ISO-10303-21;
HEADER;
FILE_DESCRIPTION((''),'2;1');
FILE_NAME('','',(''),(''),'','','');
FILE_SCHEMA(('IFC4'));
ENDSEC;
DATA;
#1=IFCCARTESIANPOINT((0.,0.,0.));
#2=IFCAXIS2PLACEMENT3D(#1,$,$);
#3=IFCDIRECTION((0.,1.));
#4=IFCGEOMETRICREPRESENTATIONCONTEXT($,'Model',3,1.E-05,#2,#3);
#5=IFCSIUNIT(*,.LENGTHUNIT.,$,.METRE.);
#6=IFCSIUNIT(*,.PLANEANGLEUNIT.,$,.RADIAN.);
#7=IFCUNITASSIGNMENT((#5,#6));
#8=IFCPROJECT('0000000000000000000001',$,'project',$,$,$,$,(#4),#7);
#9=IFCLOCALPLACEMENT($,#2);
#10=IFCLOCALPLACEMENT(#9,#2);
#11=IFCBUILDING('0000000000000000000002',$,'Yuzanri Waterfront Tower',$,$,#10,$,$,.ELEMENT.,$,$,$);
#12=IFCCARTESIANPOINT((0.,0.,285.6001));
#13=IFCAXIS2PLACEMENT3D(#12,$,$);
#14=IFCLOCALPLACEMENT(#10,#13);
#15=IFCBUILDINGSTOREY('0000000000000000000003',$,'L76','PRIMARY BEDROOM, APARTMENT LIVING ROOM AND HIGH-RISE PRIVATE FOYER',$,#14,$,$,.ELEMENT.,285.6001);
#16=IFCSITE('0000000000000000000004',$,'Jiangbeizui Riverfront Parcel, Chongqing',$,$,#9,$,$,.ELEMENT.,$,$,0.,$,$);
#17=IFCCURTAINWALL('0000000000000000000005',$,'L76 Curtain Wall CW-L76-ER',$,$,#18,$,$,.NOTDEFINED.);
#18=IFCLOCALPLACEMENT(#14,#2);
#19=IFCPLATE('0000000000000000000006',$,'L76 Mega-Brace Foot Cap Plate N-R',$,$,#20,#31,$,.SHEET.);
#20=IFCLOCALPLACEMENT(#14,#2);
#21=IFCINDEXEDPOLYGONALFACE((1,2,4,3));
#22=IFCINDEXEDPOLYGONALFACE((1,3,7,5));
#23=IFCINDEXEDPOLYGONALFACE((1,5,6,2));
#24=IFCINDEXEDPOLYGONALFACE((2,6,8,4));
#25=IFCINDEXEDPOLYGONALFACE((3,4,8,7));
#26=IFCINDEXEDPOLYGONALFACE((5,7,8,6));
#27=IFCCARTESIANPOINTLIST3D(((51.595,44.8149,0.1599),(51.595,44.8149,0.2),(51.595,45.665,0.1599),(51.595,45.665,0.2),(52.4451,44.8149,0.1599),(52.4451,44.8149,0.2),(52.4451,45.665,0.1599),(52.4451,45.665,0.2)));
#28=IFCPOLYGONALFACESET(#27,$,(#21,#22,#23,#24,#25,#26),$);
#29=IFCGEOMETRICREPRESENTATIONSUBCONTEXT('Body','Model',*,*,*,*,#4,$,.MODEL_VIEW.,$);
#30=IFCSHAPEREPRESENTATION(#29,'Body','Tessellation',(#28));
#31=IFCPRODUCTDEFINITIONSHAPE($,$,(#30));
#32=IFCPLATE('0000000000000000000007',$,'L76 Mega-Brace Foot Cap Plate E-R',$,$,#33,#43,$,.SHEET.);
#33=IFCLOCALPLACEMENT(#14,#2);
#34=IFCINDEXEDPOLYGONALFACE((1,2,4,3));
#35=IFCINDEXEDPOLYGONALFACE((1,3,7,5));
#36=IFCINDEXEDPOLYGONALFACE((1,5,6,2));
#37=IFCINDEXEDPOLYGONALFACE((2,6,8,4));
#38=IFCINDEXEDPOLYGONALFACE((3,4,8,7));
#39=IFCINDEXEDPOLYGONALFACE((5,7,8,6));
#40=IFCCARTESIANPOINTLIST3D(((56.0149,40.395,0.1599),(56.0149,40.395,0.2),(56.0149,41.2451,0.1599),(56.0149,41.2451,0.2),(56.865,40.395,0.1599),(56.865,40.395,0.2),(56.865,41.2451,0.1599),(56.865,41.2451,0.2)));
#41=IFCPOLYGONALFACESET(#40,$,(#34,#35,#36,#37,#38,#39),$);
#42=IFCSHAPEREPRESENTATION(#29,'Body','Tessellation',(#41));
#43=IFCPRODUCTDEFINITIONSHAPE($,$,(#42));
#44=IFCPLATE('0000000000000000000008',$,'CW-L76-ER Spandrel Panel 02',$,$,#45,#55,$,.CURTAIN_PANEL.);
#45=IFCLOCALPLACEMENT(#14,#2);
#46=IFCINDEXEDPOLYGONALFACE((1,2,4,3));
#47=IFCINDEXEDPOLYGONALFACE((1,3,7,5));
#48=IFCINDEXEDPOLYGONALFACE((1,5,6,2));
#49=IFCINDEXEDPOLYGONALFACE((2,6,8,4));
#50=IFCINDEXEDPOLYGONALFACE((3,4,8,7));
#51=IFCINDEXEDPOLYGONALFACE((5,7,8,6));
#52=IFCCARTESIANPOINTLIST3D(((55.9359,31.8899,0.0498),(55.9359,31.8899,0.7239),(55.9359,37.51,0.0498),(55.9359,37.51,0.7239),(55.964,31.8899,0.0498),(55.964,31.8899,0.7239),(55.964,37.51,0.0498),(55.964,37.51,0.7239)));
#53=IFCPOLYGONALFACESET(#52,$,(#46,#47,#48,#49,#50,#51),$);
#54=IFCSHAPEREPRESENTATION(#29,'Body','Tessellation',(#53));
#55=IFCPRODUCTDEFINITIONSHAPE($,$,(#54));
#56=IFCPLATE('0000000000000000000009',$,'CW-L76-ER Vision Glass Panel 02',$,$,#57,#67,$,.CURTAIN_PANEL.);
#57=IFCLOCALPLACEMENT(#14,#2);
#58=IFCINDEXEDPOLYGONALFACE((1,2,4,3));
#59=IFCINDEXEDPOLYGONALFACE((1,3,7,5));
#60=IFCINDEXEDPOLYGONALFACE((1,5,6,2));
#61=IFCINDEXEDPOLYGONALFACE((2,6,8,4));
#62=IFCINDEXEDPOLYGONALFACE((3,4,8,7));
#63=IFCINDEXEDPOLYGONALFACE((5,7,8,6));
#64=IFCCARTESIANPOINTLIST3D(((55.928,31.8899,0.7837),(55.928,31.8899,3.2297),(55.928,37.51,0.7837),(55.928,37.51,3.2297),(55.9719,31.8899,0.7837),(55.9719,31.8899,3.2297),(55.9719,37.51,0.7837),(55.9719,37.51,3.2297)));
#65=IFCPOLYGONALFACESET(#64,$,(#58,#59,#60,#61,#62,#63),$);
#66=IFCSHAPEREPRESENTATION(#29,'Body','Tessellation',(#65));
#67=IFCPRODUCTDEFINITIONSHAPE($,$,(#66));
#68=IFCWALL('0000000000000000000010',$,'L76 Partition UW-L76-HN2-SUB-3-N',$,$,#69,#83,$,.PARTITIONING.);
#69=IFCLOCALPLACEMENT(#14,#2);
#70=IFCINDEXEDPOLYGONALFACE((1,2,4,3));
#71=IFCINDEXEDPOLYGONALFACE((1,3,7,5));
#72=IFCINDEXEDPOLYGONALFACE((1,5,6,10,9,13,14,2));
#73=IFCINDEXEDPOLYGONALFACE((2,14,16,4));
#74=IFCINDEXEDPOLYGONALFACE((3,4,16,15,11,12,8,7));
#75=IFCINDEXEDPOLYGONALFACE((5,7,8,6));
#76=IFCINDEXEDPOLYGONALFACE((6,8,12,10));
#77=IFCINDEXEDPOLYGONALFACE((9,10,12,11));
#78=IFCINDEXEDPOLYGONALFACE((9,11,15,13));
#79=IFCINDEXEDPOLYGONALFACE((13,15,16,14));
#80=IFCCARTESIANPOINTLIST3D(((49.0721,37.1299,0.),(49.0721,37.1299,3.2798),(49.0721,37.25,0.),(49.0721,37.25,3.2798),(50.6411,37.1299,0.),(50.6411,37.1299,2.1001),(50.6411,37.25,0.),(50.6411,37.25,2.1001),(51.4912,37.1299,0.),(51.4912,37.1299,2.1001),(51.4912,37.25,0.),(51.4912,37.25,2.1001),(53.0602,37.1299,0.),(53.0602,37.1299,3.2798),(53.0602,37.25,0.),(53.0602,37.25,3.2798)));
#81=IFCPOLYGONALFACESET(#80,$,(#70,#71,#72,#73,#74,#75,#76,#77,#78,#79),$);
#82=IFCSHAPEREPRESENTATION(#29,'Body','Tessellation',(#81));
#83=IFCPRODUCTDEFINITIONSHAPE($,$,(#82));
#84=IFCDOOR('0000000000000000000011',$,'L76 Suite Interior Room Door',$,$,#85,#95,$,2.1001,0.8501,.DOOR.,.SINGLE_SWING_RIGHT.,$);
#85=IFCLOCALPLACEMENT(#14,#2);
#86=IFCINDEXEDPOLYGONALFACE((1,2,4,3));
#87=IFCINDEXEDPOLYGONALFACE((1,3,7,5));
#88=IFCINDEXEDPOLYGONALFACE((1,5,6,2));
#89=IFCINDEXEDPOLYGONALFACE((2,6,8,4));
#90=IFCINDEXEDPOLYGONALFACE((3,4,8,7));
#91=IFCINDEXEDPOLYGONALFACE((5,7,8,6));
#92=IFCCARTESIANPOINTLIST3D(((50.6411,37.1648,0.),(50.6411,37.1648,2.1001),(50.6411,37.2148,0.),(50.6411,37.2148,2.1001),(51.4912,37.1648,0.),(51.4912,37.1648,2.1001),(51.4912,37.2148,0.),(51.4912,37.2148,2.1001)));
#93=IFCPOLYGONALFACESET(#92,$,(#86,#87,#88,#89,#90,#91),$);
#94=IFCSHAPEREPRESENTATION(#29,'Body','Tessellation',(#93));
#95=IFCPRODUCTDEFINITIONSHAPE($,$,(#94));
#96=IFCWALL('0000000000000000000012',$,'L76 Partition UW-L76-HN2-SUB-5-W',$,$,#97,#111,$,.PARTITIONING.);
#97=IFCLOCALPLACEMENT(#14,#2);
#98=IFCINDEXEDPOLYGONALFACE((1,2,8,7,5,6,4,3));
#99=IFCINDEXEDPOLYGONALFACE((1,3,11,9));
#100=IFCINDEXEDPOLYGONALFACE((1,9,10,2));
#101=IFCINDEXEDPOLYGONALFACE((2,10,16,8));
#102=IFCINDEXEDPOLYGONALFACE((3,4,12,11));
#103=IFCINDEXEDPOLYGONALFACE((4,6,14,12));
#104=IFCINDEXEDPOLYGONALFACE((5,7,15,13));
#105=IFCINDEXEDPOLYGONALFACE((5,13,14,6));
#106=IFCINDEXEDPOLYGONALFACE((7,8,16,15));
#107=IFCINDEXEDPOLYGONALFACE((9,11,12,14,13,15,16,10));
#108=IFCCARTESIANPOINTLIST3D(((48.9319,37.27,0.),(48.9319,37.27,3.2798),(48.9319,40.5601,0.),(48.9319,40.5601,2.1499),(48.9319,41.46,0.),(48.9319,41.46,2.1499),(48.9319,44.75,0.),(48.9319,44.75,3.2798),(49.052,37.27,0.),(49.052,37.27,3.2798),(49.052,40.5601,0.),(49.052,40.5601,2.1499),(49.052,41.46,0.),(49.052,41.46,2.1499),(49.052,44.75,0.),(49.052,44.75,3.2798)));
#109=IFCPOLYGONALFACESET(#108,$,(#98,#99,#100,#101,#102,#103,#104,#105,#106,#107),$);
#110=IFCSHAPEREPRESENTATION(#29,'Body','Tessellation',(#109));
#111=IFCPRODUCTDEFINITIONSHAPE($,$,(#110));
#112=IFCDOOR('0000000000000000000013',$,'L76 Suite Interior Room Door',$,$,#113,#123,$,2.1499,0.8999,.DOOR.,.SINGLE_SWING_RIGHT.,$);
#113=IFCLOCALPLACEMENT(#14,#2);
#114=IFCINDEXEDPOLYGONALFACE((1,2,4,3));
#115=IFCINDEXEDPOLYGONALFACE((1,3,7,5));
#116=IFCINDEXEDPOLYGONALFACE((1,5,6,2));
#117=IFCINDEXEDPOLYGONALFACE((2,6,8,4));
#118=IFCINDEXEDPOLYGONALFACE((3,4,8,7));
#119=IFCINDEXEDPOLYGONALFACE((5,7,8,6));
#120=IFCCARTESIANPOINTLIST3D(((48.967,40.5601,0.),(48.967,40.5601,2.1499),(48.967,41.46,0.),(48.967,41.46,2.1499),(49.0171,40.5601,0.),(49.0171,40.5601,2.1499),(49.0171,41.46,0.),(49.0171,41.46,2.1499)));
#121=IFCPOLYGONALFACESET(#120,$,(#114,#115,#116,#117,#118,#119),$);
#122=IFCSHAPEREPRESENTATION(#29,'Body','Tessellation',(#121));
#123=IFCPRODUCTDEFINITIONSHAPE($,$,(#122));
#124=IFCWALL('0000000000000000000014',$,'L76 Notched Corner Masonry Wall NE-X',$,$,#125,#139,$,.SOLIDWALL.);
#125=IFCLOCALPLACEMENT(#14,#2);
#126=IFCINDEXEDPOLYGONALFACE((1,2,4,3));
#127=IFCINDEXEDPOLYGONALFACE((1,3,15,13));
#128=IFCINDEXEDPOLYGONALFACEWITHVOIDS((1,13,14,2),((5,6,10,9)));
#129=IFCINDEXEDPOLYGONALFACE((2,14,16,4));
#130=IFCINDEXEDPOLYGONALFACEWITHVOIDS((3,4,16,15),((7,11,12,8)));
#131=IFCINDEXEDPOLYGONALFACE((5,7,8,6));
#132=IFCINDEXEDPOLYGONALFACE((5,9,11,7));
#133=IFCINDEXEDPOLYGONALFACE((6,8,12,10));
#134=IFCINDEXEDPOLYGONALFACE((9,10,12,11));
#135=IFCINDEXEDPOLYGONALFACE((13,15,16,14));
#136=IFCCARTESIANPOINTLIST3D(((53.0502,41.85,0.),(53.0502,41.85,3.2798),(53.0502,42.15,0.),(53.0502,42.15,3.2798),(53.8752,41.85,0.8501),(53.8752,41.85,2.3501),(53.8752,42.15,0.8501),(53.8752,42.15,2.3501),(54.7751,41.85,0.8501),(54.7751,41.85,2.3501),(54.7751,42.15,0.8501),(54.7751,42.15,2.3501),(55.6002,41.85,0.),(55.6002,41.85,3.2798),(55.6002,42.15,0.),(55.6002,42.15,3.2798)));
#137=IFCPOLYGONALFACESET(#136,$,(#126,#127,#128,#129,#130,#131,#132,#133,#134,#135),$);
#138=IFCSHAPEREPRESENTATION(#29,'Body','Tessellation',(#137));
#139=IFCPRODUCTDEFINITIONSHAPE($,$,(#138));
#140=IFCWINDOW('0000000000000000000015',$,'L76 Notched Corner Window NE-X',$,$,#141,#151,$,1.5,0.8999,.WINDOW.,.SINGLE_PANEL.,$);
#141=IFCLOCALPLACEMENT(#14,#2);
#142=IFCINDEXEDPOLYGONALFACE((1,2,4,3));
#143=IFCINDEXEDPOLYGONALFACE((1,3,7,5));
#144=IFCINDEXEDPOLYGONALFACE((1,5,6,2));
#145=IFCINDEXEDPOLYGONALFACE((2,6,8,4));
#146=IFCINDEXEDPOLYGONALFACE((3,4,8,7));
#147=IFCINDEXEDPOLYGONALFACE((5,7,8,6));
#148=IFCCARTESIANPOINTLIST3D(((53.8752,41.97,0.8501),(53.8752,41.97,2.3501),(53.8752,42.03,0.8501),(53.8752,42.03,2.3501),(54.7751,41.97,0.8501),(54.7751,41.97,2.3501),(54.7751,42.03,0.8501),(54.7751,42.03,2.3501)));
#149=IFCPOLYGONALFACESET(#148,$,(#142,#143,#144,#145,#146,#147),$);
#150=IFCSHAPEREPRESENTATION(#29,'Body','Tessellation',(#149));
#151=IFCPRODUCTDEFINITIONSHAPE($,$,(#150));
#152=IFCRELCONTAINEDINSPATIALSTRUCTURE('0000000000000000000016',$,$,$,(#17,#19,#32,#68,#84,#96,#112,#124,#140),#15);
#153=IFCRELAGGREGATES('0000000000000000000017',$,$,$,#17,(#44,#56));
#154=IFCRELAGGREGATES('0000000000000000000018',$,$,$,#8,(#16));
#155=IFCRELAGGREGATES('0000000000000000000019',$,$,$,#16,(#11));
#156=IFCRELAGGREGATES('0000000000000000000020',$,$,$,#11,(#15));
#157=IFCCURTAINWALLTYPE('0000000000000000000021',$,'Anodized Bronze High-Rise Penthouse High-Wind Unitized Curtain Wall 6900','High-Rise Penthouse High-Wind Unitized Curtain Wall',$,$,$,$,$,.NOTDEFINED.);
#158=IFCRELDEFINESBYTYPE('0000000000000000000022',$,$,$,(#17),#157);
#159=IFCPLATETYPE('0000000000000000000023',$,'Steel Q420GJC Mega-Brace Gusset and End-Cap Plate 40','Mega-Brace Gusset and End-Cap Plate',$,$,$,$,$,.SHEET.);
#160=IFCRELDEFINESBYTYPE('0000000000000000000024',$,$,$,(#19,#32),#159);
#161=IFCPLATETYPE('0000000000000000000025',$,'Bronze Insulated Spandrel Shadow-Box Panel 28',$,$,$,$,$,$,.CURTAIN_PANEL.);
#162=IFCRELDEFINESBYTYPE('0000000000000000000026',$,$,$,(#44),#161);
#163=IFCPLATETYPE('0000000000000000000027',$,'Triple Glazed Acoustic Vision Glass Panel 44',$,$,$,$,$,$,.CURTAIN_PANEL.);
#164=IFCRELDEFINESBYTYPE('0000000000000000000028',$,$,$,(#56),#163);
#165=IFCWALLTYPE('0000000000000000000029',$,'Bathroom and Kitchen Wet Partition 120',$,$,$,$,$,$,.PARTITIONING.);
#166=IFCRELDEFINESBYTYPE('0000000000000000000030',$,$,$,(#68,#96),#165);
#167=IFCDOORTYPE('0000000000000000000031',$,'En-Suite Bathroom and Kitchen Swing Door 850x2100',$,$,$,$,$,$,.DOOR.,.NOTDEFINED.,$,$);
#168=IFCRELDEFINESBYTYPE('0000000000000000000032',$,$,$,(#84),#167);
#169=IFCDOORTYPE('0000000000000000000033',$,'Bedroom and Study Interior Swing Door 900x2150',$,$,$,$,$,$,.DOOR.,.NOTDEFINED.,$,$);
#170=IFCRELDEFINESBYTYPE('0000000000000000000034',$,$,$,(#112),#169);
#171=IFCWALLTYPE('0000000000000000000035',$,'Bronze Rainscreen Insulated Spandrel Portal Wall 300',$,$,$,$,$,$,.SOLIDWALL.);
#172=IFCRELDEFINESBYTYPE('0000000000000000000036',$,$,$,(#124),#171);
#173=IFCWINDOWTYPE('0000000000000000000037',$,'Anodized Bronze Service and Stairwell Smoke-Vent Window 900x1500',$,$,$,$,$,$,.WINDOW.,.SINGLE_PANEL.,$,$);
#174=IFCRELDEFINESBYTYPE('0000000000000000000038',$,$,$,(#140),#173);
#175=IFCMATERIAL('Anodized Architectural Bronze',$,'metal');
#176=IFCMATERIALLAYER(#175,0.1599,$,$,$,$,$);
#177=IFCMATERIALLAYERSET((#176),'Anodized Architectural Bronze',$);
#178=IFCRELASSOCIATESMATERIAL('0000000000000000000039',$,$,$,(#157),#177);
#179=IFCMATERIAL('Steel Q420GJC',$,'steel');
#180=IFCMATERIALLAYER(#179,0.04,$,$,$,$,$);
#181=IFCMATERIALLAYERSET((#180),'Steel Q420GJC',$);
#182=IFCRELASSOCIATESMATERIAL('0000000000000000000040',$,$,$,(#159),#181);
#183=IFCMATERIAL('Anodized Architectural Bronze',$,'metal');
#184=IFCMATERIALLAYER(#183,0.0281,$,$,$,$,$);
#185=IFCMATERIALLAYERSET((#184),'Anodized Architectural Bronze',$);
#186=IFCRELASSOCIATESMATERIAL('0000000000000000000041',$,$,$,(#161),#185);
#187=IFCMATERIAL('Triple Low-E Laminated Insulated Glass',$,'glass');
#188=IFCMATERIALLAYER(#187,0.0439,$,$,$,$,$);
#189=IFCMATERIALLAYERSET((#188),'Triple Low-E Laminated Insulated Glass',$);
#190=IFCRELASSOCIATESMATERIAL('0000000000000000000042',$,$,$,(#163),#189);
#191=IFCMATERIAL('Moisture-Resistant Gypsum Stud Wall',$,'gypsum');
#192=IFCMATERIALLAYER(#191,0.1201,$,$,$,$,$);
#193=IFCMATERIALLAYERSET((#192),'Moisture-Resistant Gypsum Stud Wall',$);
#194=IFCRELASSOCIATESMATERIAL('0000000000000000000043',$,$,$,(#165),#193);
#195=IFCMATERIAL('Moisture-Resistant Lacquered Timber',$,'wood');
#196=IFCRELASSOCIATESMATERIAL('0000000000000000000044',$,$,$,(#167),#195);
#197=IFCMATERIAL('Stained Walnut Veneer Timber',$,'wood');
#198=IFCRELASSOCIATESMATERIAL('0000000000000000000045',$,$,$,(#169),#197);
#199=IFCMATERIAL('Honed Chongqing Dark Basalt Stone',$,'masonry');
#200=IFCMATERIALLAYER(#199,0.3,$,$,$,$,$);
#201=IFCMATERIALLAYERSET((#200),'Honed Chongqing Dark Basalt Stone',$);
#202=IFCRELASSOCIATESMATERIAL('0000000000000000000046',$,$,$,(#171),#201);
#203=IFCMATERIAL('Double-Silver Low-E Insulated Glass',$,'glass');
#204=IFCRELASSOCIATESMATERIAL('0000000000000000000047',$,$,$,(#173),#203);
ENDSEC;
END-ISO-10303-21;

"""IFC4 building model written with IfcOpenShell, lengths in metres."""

from ifc_helpers import new_model, si_unit, direction, frame, frame_2d, origin, origin_2d, place, context, subcontext, project, spatial, rectangle, extrude, source, transform, mapped, material, layer, layer_set, type_object, element, fill, aggregate, save


model = new_model("IFC4")

# Units and contexts
model_context = context("Model", 3, precision=1e-05, world=origin(), true_north=direction((0.0, 1.0)))
body_context = subcontext(model_context, "Body", "Model", "MODEL_VIEW")
ifc_project = project(units=[si_unit("LENGTHUNIT", "METRE"), si_unit("PLANEANGLEUNIT", "RADIAN")], contexts=[model_context])

# Site, building, storey
site_placement = place(None, origin())
site = spatial("IfcSite", under=ifc_project, at=site_placement, Name="Jiangbeizui Riverfront Parcel, Chongqing", CompositionType="ELEMENT", RefElevation=0.0)
building_placement = place(site_placement, origin())
building = spatial("IfcBuilding", under=site, at=building_placement, Name="Yuzanri Waterfront Tower", CompositionType="ELEMENT")
storey_placement = place(building_placement, frame((0.0, 0.0, 285.6001)))
storey = spatial("IfcBuildingStorey", under=building, at=storey_placement, Name="L76", Description="PRIMARY BEDROOM, APARTMENT LIVING ROOM AND HIGH-RISE PRIVATE FOYER", CompositionType="ELEMENT", Elevation=285.6001)

# Curtain wall
ifc_material_1 = material(Name="Anodized Architectural Bronze", Category="metal")
ifc_layer_1 = layer(ifc_material_1, 0.1599)
ifc_layer_set_1 = layer_set([ifc_layer_1], Name="Anodized Architectural Bronze")
curtain_wall_type = type_object("IfcCurtainWallType", Name="Anodized Bronze High-Rise Penthouse High-Wind Unitized Curtain Wall 6900", Description="High-Rise Penthouse High-Wind Unitized Curtain Wall", PredefinedType="NOTDEFINED", material=ifc_layer_set_1)
curtain_wall_placement = place(storey_placement, origin())
curtain_wall = element("IfcCurtainWall", 1, at=curtain_wall_placement, inside=storey, type_object=curtain_wall_type, Name="L76 Curtain Wall CW-L76-ER", PredefinedType="NOTDEFINED")

# Plates
ifc_material_2 = material(Name="Steel Q420GJC", Category="steel")
ifc_layer_2 = layer(ifc_material_2, 0.04)
ifc_layer_set_2 = layer_set([ifc_layer_2], Name="Steel Q420GJC")
plate_type_1 = type_object("IfcPlateType", Name="Steel Q420GJC Mega-Brace Gusset and End-Cap Plate 40", Description="Mega-Brace Gusset and End-Cap Plate", PredefinedType="SHEET", material=ifc_layer_set_2)
shared_shape_1 = source(origin(), body_context, "Body", "SweptSolid", [
    extrude(rectangle(XDim=0.8501, YDim=0.8501, at=origin_2d()), origin(), (0.0, 0.0, 1.0), 0.04),
])
for number, where, z_axis, x_axis, name in (
    (2, (52.02, 45.24, 0.1599), (0.0, 0.0, 1.0), (1.0, 0.0, 0.0), "L76 Mega-Brace Foot Cap Plate N-R"),
    (3, (56.4399, 40.8201, 0.1599), (0.0, 0.0, 1.0), (1.0, 0.0, 0.0), "L76 Mega-Brace Foot Cap Plate E-R"),
):
    element("IfcPlate", number, at=place(storey_placement, frame(where, z_axis=z_axis, x_axis=x_axis)), inside=storey, type_object=plate_type_1, Name=name, PredefinedType="SHEET", context=body_context, shape_type="MappedRepresentation", body=[
        mapped(shared_shape_1, transform((0.0, 0.0, 0.0), scale=1.0)),
    ])

# Plates
ifc_material_3 = material(Name="Anodized Architectural Bronze", Category="metal")
ifc_layer_3 = layer(ifc_material_3, 0.0281)
ifc_layer_set_3 = layer_set([ifc_layer_3], Name="Anodized Architectural Bronze")
plate_type_2 = type_object("IfcPlateType", Name="Bronze Insulated Spandrel Shadow-Box Panel 28", PredefinedType="CURTAIN_PANEL", material=ifc_layer_set_3)
shared_shape_2 = source(origin(), body_context, "Body", "SweptSolid", [
    extrude(rectangle(XDim=5.6201, YDim=0.0281, at=origin_2d()), origin(), (0.0, 0.0, 1.0), 0.6741),
])
plate_1_placement = place(storey_placement, frame((55.95, 34.7, 0.0498), z_axis=(0.0, 0.0, 1.0), x_axis=(0.0, 1.0, 0.0)))
plate_1 = element("IfcPlate", 4, at=plate_1_placement, type_object=plate_type_2, Name="CW-L76-ER Spandrel Panel 02", PredefinedType="CURTAIN_PANEL", context=body_context, shape_type="MappedRepresentation", body=[
    mapped(shared_shape_2, transform((0.0, 0.0, 0.0), scale=1.0)),
])
ifc_material_4 = material(Name="Triple Low-E Laminated Insulated Glass", Category="glass")
ifc_layer_4 = layer(ifc_material_4, 0.0439)
ifc_layer_set_4 = layer_set([ifc_layer_4], Name="Triple Low-E Laminated Insulated Glass")
plate_type_3 = type_object("IfcPlateType", Name="Triple Glazed Acoustic Vision Glass Panel 44", PredefinedType="CURTAIN_PANEL", material=ifc_layer_set_4)
shared_shape_3 = source(origin(), body_context, "Body", "SweptSolid", [
    extrude(rectangle(XDim=5.6201, YDim=0.0439, at=origin_2d()), origin(), (0.0, 0.0, 1.0), 2.446),
])
plate_2_placement = place(storey_placement, frame((55.95, 34.7, 0.7837), z_axis=(0.0, 0.0, 1.0), x_axis=(0.0, 1.0, 0.0)))
plate_2 = element("IfcPlate", 5, at=plate_2_placement, type_object=plate_type_3, Name="CW-L76-ER Vision Glass Panel 02", PredefinedType="CURTAIN_PANEL", context=body_context, shape_type="MappedRepresentation", body=[
    mapped(shared_shape_3, transform((0.0, 0.0, 0.0), scale=1.0)),
])
aggregate(curtain_wall, [plate_1, plate_2])

# Walls, openings, doors
ifc_material_5 = material(Name="Moisture-Resistant Gypsum Stud Wall", Category="gypsum")
ifc_layer_5 = layer(ifc_material_5, 0.1201)
ifc_layer_set_5 = layer_set([ifc_layer_5], Name="Moisture-Resistant Gypsum Stud Wall")
wall_type_1 = type_object("IfcWallType", Name="Bathroom and Kitchen Wet Partition 120", PredefinedType="PARTITIONING", material=ifc_layer_set_5)
wall_1_placement = place(storey_placement, frame((49.072, 37.1899, 0.0), z_axis=(0.0, 0.0, 1.0), x_axis=(1.0, 0.0, 0.0)))
wall_1 = element("IfcWall", 6, at=wall_1_placement, inside=storey, type_object=wall_type_1, Name="L76 Partition UW-L76-HN2-SUB-3-N", PredefinedType="PARTITIONING", context=body_context, shape_type="SweptSolid", body=[
    extrude(rectangle(XDim=3.988, YDim=0.1201, at=frame_2d((1.9941, 0.0))), origin(), (0.0, 0.0, 1.0), 3.2798),
])
opening_1_placement = place(wall_1_placement, frame((1.5691, 0.0, 0.0)))
opening_1 = element("IfcOpeningElement", 7, at=opening_1_placement, cuts=wall_1, PredefinedType="OPENING", context=body_context, shape_type="SweptSolid", body=[
    extrude(rectangle(XDim=0.8501, YDim=2.1001, at=frame_2d((0.425, 1.05))), frame((0.0, 0.075, 0.0), z_axis=(0.0, -1.0, 0.0), x_axis=(1.0, 0.0, 0.0)), (0.0, 0.0, 1.0), 0.1499),
])
ifc_material_6 = material(Name="Moisture-Resistant Lacquered Timber", Category="wood")
door_type_1 = type_object("IfcDoorType", Name="En-Suite Bathroom and Kitchen Swing Door 850x2100", OperationType="NOTDEFINED", PredefinedType="DOOR", material=ifc_material_6)
shared_shape_4 = source(origin(), body_context, "Body", "SweptSolid", [
    extrude(rectangle(XDim=0.8501, YDim=2.1001, at=frame_2d((0.425, 1.05))), frame((0.0, 0.0249, 0.0), z_axis=(0.0, -1.0, 0.0), x_axis=(1.0, 0.0, 0.0)), (0.0, 0.0, 1.0), 0.05),
])
door_1_placement = place(opening_1_placement, origin())
door_1 = element("IfcDoor", 8, at=door_1_placement, inside=storey, type_object=door_type_1, Name="L76 Suite Interior Room Door", OperationType="SINGLE_SWING_RIGHT", OverallHeight=2.1001, OverallWidth=0.8501, PredefinedType="DOOR", context=body_context, shape_type="MappedRepresentation", body=[
    mapped(shared_shape_4, transform((0.0, 0.0, 0.0), scale=1.0)),
])
fill(opening_1, door_1)
wall_2_placement = place(storey_placement, frame((48.9919, 37.27, 0.0), z_axis=(0.0, 0.0, 1.0), x_axis=(0.0, 1.0, 0.0)))
wall_2 = element("IfcWall", 9, at=wall_2_placement, inside=storey, type_object=wall_type_1, Name="L76 Partition UW-L76-HN2-SUB-5-W", PredefinedType="PARTITIONING", context=body_context, shape_type="SweptSolid", body=[
    extrude(rectangle(XDim=7.48, YDim=0.1201, at=frame_2d((3.74, 0.0))), origin(), (0.0, 0.0, 1.0), 3.2798),
])
opening_2_placement = place(wall_2_placement, frame((3.29, 0.0, 0.0)))
opening_2 = element("IfcOpeningElement", 10, at=opening_2_placement, cuts=wall_2, PredefinedType="OPENING", context=body_context, shape_type="SweptSolid", body=[
    extrude(rectangle(XDim=0.8999, YDim=2.1499, at=frame_2d((0.45, 1.075))), frame((0.0, 0.075, 0.0), z_axis=(0.0, -1.0, 0.0), x_axis=(1.0, 0.0, 0.0)), (0.0, 0.0, 1.0), 0.1499),
])
ifc_material_7 = material(Name="Stained Walnut Veneer Timber", Category="wood")
door_type_2 = type_object("IfcDoorType", Name="Bedroom and Study Interior Swing Door 900x2150", OperationType="NOTDEFINED", PredefinedType="DOOR", material=ifc_material_7)
shared_shape_5 = source(origin(), body_context, "Body", "SweptSolid", [
    extrude(rectangle(XDim=0.8999, YDim=2.1499, at=frame_2d((0.45, 1.075))), frame((0.0, 0.0249, 0.0), z_axis=(0.0, -1.0, 0.0), x_axis=(1.0, 0.0, 0.0)), (0.0, 0.0, 1.0), 0.05),
])
door_2_placement = place(opening_2_placement, origin())
door_2 = element("IfcDoor", 11, at=door_2_placement, inside=storey, type_object=door_type_2, Name="L76 Suite Interior Room Door", OperationType="SINGLE_SWING_RIGHT", OverallHeight=2.1499, OverallWidth=0.8999, PredefinedType="DOOR", context=body_context, shape_type="MappedRepresentation", body=[
    mapped(shared_shape_5, transform((0.0, 0.0, 0.0), scale=1.0)),
])
fill(opening_2, door_2)

# Wall, opening, window
ifc_material_8 = material(Name="Honed Chongqing Dark Basalt Stone", Category="masonry")
ifc_layer_6 = layer(ifc_material_8, 0.3)
ifc_layer_set_6 = layer_set([ifc_layer_6], Name="Honed Chongqing Dark Basalt Stone")
wall_type_2 = type_object("IfcWallType", Name="Bronze Rainscreen Insulated Spandrel Portal Wall 300", PredefinedType="SOLIDWALL", material=ifc_layer_set_6)
wall_3_placement = place(storey_placement, frame((55.6001, 42.0, 0.0), z_axis=(0.0, 0.0, 1.0), x_axis=(-1.0, 0.0, 0.0)))
wall_3 = element("IfcWall", 12, at=wall_3_placement, inside=storey, type_object=wall_type_2, Name="L76 Notched Corner Masonry Wall NE-X", PredefinedType="SOLIDWALL", context=body_context, shape_type="SweptSolid", body=[
    extrude(rectangle(XDim=2.55, YDim=0.3, at=frame_2d((1.2749, 0.0))), origin(), (0.0, 0.0, 1.0), 3.2798),
])
opening_3_placement = place(wall_3_placement, frame((0.825, 0.0, 0.8501)))
opening_3 = element("IfcOpeningElement", 13, at=opening_3_placement, cuts=wall_3, PredefinedType="OPENING", context=body_context, shape_type="SweptSolid", body=[
    extrude(rectangle(XDim=0.8999, YDim=1.5, at=frame_2d((0.45, 0.75))), frame((0.0, 0.165, 0.0), z_axis=(0.0, -1.0, 0.0), x_axis=(1.0, 0.0, 0.0)), (0.0, 0.0, 1.0), 0.3298),
])
ifc_material_9 = material(Name="Double-Silver Low-E Insulated Glass", Category="glass")
window_type_1 = type_object("IfcWindowType", Name="Anodized Bronze Service and Stairwell Smoke-Vent Window 900x1500", PartitioningType="SINGLE_PANEL", PredefinedType="WINDOW", material=ifc_material_9)
shared_shape_6 = source(origin(), body_context, "Body", "SweptSolid", [
    extrude(rectangle(XDim=0.8999, YDim=1.5, at=frame_2d((0.45, 0.75))), frame((0.0, 0.03, 0.0), z_axis=(0.0, -1.0, 0.0), x_axis=(1.0, 0.0, 0.0)), (0.0, 0.0, 1.0), 0.0601),
])
window_1_placement = place(opening_3_placement, origin())
window_1 = element("IfcWindow", 14, at=window_1_placement, inside=storey, type_object=window_type_1, Name="L76 Notched Corner Window NE-X", OverallHeight=1.5, OverallWidth=0.8999, PartitioningType="SINGLE_PANEL", PredefinedType="WINDOW", context=body_context, shape_type="MappedRepresentation", body=[
    mapped(shared_shape_6, transform((0.0, 0.0, 0.0), scale=1.0)),
])
fill(opening_3, window_1)

save(model, "model.ifc")
